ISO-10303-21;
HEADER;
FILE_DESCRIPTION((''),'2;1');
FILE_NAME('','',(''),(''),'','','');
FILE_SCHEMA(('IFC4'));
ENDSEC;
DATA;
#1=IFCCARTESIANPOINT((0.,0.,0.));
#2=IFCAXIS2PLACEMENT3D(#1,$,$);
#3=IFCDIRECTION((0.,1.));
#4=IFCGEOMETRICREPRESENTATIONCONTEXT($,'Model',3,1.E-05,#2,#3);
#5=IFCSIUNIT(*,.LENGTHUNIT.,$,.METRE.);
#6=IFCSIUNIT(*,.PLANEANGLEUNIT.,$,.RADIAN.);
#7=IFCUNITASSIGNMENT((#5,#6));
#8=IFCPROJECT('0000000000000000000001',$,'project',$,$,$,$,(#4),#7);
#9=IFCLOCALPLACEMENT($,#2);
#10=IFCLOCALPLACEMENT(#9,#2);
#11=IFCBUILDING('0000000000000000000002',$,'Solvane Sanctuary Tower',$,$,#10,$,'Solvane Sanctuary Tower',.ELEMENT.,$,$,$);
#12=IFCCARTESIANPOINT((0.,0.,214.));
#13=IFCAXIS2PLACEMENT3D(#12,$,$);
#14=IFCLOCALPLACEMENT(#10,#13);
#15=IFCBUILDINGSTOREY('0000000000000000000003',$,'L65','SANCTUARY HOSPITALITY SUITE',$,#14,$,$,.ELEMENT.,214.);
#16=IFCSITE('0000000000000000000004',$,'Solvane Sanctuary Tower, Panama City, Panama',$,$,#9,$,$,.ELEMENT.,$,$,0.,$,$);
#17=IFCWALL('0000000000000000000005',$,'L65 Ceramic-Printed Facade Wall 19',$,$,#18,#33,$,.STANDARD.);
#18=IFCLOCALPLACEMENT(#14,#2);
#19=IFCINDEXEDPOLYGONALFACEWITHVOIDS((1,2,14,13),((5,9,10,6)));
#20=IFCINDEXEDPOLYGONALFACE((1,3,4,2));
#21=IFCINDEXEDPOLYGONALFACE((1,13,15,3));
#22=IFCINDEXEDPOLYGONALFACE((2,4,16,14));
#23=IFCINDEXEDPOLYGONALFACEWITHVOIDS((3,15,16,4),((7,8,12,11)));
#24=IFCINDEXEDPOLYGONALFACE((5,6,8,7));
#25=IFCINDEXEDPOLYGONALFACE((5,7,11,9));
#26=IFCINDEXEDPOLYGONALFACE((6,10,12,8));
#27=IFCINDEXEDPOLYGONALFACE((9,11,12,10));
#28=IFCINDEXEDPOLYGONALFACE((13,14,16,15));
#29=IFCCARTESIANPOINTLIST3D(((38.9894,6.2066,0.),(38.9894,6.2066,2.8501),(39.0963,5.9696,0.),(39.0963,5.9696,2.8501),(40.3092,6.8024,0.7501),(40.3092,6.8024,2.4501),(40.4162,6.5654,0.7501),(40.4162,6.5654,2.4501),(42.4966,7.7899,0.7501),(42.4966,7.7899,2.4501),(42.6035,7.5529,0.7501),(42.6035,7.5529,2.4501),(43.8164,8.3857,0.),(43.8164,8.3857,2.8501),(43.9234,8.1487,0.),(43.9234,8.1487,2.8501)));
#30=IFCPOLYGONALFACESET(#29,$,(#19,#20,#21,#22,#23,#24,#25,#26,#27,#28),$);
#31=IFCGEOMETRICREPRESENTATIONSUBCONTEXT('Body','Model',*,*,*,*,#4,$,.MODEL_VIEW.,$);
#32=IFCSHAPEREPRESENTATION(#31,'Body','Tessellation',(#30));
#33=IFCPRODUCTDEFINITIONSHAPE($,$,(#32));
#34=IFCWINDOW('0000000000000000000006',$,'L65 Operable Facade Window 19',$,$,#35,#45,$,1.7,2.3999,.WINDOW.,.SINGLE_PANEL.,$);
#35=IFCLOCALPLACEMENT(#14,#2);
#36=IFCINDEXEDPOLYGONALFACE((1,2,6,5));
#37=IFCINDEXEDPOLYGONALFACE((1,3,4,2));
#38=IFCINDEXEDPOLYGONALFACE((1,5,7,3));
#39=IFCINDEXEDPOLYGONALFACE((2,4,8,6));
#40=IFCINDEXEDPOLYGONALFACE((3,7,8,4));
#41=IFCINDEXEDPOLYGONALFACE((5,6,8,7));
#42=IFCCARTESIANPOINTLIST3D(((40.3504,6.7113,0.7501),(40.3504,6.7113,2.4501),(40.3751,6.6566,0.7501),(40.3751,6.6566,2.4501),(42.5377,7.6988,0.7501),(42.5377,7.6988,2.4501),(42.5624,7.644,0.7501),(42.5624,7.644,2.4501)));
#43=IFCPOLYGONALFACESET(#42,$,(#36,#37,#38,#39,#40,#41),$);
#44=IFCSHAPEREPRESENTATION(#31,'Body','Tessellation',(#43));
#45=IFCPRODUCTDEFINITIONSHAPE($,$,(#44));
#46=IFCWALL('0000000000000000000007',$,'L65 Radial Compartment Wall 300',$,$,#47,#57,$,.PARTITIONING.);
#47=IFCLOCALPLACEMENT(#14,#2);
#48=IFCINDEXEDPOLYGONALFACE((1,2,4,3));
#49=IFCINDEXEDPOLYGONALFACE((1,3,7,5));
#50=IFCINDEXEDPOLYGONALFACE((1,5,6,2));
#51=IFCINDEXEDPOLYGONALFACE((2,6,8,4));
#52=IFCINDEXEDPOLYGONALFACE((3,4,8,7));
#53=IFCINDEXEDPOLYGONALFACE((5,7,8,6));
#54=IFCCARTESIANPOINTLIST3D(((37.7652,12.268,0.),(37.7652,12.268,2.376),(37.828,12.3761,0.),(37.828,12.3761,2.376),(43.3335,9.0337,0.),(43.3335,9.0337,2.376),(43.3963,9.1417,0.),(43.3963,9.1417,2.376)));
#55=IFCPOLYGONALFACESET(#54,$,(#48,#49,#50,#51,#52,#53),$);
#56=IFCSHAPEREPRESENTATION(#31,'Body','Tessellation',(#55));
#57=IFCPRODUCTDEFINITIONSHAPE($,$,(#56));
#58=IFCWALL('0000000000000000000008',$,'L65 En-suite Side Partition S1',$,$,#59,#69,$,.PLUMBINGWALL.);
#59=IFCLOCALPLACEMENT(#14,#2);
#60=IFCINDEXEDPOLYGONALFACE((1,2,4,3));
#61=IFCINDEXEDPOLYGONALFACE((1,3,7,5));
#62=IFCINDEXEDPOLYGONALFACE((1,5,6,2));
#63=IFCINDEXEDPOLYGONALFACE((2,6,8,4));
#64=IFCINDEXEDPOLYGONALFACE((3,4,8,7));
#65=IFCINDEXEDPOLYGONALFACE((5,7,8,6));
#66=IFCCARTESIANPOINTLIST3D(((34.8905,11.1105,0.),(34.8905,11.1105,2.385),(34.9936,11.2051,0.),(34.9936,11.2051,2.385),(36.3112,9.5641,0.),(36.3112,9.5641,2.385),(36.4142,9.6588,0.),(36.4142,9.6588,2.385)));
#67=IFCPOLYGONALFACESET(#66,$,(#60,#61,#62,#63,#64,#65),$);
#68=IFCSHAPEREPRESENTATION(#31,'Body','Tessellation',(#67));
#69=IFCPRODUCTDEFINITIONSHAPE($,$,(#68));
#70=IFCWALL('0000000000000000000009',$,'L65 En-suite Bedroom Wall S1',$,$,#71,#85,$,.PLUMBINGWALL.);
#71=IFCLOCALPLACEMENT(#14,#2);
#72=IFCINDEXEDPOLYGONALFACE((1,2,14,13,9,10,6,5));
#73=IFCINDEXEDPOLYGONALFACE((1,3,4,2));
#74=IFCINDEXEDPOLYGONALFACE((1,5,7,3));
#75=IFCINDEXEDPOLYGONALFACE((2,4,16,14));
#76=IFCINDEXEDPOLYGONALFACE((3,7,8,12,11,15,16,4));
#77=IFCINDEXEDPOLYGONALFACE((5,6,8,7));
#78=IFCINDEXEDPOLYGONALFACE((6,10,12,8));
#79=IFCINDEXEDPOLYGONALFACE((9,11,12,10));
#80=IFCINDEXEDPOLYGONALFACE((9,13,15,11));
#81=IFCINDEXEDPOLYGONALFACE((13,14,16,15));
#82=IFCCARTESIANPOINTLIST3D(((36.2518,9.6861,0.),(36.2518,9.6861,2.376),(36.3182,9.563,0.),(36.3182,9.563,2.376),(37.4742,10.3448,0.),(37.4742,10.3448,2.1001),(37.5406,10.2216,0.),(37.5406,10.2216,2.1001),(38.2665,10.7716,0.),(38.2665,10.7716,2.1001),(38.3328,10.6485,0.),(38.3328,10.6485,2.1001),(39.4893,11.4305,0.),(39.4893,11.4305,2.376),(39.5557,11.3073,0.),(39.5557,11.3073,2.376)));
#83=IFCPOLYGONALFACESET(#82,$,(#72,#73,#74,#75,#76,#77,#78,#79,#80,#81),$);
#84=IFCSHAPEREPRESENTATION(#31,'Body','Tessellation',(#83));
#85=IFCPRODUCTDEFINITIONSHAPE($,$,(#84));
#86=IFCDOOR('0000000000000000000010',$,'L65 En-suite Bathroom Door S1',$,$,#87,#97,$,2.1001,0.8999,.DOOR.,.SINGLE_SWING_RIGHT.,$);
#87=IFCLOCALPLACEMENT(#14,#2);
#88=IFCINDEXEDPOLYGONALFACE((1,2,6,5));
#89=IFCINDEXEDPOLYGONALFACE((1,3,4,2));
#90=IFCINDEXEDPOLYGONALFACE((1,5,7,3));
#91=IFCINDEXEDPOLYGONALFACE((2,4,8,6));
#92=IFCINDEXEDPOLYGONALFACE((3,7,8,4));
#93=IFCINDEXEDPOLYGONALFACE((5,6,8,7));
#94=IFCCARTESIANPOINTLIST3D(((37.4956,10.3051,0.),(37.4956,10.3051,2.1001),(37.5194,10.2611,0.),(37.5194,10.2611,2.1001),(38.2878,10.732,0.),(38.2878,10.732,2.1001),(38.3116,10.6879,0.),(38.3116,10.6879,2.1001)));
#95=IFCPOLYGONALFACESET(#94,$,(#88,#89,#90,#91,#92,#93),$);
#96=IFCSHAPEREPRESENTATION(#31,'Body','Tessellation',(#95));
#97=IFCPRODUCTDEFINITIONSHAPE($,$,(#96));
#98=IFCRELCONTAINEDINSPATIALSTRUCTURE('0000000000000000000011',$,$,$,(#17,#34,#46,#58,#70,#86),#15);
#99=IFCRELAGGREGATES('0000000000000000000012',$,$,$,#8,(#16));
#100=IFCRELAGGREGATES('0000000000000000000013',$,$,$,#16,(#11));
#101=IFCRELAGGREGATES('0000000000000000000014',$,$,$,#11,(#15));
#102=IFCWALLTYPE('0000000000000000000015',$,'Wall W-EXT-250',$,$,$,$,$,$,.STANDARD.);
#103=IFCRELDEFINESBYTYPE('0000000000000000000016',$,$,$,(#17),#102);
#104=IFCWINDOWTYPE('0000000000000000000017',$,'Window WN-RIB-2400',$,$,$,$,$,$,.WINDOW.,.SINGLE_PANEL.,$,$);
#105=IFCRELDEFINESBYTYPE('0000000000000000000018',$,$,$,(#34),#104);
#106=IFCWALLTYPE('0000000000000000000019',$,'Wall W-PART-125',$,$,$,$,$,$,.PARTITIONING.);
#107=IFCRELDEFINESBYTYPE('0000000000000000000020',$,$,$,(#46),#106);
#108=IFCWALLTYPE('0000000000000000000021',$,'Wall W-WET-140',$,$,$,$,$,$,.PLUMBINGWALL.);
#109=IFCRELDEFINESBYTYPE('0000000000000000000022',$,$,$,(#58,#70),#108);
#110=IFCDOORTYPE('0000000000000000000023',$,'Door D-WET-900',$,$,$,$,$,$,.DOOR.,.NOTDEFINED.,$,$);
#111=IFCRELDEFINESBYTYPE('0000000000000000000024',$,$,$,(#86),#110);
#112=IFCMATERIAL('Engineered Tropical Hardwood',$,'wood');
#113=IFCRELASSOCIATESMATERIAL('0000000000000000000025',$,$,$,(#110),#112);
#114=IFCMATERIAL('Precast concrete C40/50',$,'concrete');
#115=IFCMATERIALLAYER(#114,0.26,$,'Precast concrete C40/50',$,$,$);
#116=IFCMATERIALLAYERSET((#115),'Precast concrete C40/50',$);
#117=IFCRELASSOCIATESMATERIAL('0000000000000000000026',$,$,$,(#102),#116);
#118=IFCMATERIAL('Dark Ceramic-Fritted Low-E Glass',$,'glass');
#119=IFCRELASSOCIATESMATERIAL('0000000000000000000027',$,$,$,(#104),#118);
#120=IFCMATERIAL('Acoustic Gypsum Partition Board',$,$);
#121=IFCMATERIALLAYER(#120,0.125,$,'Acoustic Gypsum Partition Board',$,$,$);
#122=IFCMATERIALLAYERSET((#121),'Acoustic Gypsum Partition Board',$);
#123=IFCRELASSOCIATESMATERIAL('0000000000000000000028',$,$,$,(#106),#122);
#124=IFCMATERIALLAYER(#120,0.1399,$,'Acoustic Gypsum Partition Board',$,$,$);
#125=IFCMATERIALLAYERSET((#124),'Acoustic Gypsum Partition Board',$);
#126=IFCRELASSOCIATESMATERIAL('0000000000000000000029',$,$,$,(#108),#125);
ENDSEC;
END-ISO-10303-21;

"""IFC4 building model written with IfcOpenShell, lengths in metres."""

from ifc_helpers import new_model, si_unit, direction, frame, frame_2d, origin, place, context, subcontext, project, spatial, rectangle, extrude, material, layer, layer_set, type_object, element, fill, save


model = new_model("IFC4")

# Units and contexts
model_context = context("Model", 3, precision=1e-05, world=origin(), true_north=direction((0.0, 1.0)))
body_context = subcontext(model_context, "Body", "Model", "MODEL_VIEW")
ifc_project = project(units=[si_unit("LENGTHUNIT", "METRE"), si_unit("PLANEANGLEUNIT", "RADIAN")], contexts=[model_context])

# Site, building, storey
site_placement = place(None, origin())
site = spatial("IfcSite", under=ifc_project, at=site_placement, Name="Solvane Sanctuary Tower, Panama City, Panama", CompositionType="ELEMENT", RefElevation=0.0)
building_placement = place(site_placement, origin())
building = spatial("IfcBuilding", under=site, at=building_placement, Name="Solvane Sanctuary Tower", LongName="Solvane Sanctuary Tower", CompositionType="ELEMENT")
storey_placement = place(building_placement, frame((0.0, 0.0, 214.0)))
storey = spatial("IfcBuildingStorey", under=building, at=storey_placement, Name="L65", Description="SANCTUARY HOSPITALITY SUITE", CompositionType="ELEMENT", Elevation=214.0)

# Shared definitions
ifc_material_1 = material(Name="Acoustic Gypsum Partition Board")
ifc_material_2 = material(Name="Engineered Tropical Hardwood", Category="wood")

# Shared definitions
door_type_1 = type_object("IfcDoorType", Name="Door D-WET-900", OperationType="NOTDEFINED", PredefinedType="DOOR", material=ifc_material_2)

# Wall, opening, window
ifc_material_3 = material(Name="Precast concrete C40/50", Category="concrete")
ifc_layer_1 = layer(ifc_material_3, 0.26, Name="Precast concrete C40/50")
ifc_layer_set_1 = layer_set([ifc_layer_1], Name="Precast concrete C40/50")
wall_type_1 = type_object("IfcWallType", Name="Wall W-EXT-250", PredefinedType="STANDARD", material=ifc_layer_set_1)
ifc_material_4 = material(Name="Dark Ceramic-Fritted Low-E Glass", Category="glass")
wall_1_placement = place(storey_placement, frame((39.043, 6.0881, 0.0), z_axis=(0.0, 0.0, 1.0), x_axis=(0.911427, 0.411461, 0.0)))
wall_1 = element("IfcWall", 1, at=wall_1_placement, inside=storey, type_object=wall_type_1, Name="L65 Ceramic-Printed Facade Wall 19", PredefinedType="STANDARD", context=body_context, shape_type="SweptSolid", body=[
    extrude(rectangle(XDim=5.2961, YDim=0.26, at=frame_2d((2.6479, 0.0))), origin(), (0.0, 0.0, 1.0), 2.8501),
])
opening_1_placement = place(wall_1_placement, frame((1.448, 0.0, 0.75)))
opening_1 = element("IfcOpeningElement", 2, at=opening_1_placement, cuts=wall_1, PredefinedType="OPENING", context=body_context, shape_type="SweptSolid", body=[
    extrude(rectangle(XDim=2.3999, YDim=1.7, at=frame_2d((1.2, 0.8501))), frame((0.0, 0.1399, 0.0), z_axis=(0.0, -1.0, 0.0), x_axis=(1.0, 0.0, 0.0)), (0.0, 0.0, 1.0), 0.28),
])
window_type_1 = type_object("IfcWindowType", Name="Window WN-RIB-2400", PartitioningType="SINGLE_PANEL", PredefinedType="WINDOW", material=ifc_material_4)
window_1_placement = place(opening_1_placement, origin())
window_1 = element("IfcWindow", 3, at=window_1_placement, inside=storey, type_object=window_type_1, Name="L65 Operable Facade Window 19", OverallHeight=1.7, OverallWidth=2.3999, PartitioningType="SINGLE_PANEL", PredefinedType="WINDOW", context=body_context, shape_type="SweptSolid", body=[
    extrude(rectangle(XDim=2.3999, YDim=1.7, at=frame_2d((1.2, 0.8501))), frame((0.0, 0.03, 0.0), z_axis=(0.0, -1.0, 0.0), x_axis=(1.0, 0.0, 0.0)), (0.0, 0.0, 1.0), 0.0601),
])
fill(opening_1, window_1)

# Walls
ifc_layer_2 = layer(ifc_material_1, 0.125, Name="Acoustic Gypsum Partition Board")
ifc_layer_set_2 = layer_set([ifc_layer_2], Name="Acoustic Gypsum Partition Board")
wall_type_2 = type_object("IfcWallType", Name="Wall W-PART-125", PredefinedType="PARTITIONING", material=ifc_layer_set_2)
wall_2_placement = place(storey_placement, frame((37.7966, 12.322, 0.0), z_axis=(0.0, 0.0, 1.0), x_axis=(0.864712, -0.502267, 0.0)))
element("IfcWall", 4, at=wall_2_placement, inside=storey, type_object=wall_type_2, Name="L65 Radial Compartment Wall 300", PredefinedType="PARTITIONING", context=body_context, shape_type="SweptSolid", body=[
    extrude(rectangle(XDim=6.4395, YDim=0.125, at=frame_2d((3.2197, 0.0))), origin(), (0.0, 0.0, 1.0), 2.376),
])
ifc_layer_3 = layer(ifc_material_1, 0.1399, Name="Acoustic Gypsum Partition Board")
ifc_layer_set_3 = layer_set([ifc_layer_3], Name="Acoustic Gypsum Partition Board")
wall_type_3 = type_object("IfcWallType", Name="Wall W-WET-140", PredefinedType="PLUMBINGWALL", material=ifc_layer_set_3)
wall_3_placement = place(storey_placement, frame((34.9421, 11.1577, 0.0), z_axis=(0.0, 0.0, 1.0), x_axis=(0.676535, -0.73641, 0.0)))
element("IfcWall", 5, at=wall_3_placement, inside=storey, type_object=wall_type_3, Name="L65 En-suite Side Partition S1", PredefinedType="PLUMBINGWALL", context=body_context, shape_type="SweptSolid", body=[
    extrude(rectangle(XDim=2.0999, YDim=0.1399, at=frame_2d((1.0498, 0.0))), origin(), (0.0, 0.0, 1.0), 2.385),
])

# Wall, opening, door
wall_4_placement = place(storey_placement, frame((36.2849, 9.6245, 0.0), z_axis=(0.0, 0.0, 1.0), x_axis=(0.880347, 0.474329, 0.0)))
wall_4 = element("IfcWall", 6, at=wall_4_placement, inside=storey, type_object=wall_type_3, Name="L65 En-suite Bedroom Wall S1", PredefinedType="PLUMBINGWALL", context=body_context, shape_type="SweptSolid", body=[
    extrude(rectangle(XDim=3.6775, YDim=0.1399, at=frame_2d((1.8389, 0.0))), origin(), (0.0, 0.0, 1.0), 2.376),
])
opening_2_placement = place(wall_4_placement, frame((1.3887, 0.0, 0.0)))
opening_2 = element("IfcOpeningElement", 7, at=opening_2_placement, cuts=wall_4, PredefinedType="OPENING", context=body_context, shape_type="SweptSolid", body=[
    extrude(rectangle(XDim=0.8999, YDim=2.1001, at=frame_2d((0.45, 1.05))), frame((0.0, 0.0798, 0.0), z_axis=(0.0, -1.0, 0.0), x_axis=(1.0, 0.0, 0.0)), (0.0, 0.0, 1.0), 0.1599),
])
door_1_placement = place(opening_2_placement, origin())
door_1 = element("IfcDoor", 8, at=door_1_placement, inside=storey, type_object=door_type_1, Name="L65 En-suite Bathroom Door S1", OperationType="SINGLE_SWING_RIGHT", OverallHeight=2.1001, OverallWidth=0.8999, PredefinedType="DOOR", context=body_context, shape_type="SweptSolid", body=[
    extrude(rectangle(XDim=0.8999, YDim=2.1001, at=frame_2d((0.45, 1.05))), frame((0.0, 0.0249, 0.0), z_axis=(0.0, -1.0, 0.0), x_axis=(1.0, 0.0, 0.0)), (0.0, 0.0, 1.0), 0.05),
])
fill(opening_2, door_1)

save(model, "model.ifc")
